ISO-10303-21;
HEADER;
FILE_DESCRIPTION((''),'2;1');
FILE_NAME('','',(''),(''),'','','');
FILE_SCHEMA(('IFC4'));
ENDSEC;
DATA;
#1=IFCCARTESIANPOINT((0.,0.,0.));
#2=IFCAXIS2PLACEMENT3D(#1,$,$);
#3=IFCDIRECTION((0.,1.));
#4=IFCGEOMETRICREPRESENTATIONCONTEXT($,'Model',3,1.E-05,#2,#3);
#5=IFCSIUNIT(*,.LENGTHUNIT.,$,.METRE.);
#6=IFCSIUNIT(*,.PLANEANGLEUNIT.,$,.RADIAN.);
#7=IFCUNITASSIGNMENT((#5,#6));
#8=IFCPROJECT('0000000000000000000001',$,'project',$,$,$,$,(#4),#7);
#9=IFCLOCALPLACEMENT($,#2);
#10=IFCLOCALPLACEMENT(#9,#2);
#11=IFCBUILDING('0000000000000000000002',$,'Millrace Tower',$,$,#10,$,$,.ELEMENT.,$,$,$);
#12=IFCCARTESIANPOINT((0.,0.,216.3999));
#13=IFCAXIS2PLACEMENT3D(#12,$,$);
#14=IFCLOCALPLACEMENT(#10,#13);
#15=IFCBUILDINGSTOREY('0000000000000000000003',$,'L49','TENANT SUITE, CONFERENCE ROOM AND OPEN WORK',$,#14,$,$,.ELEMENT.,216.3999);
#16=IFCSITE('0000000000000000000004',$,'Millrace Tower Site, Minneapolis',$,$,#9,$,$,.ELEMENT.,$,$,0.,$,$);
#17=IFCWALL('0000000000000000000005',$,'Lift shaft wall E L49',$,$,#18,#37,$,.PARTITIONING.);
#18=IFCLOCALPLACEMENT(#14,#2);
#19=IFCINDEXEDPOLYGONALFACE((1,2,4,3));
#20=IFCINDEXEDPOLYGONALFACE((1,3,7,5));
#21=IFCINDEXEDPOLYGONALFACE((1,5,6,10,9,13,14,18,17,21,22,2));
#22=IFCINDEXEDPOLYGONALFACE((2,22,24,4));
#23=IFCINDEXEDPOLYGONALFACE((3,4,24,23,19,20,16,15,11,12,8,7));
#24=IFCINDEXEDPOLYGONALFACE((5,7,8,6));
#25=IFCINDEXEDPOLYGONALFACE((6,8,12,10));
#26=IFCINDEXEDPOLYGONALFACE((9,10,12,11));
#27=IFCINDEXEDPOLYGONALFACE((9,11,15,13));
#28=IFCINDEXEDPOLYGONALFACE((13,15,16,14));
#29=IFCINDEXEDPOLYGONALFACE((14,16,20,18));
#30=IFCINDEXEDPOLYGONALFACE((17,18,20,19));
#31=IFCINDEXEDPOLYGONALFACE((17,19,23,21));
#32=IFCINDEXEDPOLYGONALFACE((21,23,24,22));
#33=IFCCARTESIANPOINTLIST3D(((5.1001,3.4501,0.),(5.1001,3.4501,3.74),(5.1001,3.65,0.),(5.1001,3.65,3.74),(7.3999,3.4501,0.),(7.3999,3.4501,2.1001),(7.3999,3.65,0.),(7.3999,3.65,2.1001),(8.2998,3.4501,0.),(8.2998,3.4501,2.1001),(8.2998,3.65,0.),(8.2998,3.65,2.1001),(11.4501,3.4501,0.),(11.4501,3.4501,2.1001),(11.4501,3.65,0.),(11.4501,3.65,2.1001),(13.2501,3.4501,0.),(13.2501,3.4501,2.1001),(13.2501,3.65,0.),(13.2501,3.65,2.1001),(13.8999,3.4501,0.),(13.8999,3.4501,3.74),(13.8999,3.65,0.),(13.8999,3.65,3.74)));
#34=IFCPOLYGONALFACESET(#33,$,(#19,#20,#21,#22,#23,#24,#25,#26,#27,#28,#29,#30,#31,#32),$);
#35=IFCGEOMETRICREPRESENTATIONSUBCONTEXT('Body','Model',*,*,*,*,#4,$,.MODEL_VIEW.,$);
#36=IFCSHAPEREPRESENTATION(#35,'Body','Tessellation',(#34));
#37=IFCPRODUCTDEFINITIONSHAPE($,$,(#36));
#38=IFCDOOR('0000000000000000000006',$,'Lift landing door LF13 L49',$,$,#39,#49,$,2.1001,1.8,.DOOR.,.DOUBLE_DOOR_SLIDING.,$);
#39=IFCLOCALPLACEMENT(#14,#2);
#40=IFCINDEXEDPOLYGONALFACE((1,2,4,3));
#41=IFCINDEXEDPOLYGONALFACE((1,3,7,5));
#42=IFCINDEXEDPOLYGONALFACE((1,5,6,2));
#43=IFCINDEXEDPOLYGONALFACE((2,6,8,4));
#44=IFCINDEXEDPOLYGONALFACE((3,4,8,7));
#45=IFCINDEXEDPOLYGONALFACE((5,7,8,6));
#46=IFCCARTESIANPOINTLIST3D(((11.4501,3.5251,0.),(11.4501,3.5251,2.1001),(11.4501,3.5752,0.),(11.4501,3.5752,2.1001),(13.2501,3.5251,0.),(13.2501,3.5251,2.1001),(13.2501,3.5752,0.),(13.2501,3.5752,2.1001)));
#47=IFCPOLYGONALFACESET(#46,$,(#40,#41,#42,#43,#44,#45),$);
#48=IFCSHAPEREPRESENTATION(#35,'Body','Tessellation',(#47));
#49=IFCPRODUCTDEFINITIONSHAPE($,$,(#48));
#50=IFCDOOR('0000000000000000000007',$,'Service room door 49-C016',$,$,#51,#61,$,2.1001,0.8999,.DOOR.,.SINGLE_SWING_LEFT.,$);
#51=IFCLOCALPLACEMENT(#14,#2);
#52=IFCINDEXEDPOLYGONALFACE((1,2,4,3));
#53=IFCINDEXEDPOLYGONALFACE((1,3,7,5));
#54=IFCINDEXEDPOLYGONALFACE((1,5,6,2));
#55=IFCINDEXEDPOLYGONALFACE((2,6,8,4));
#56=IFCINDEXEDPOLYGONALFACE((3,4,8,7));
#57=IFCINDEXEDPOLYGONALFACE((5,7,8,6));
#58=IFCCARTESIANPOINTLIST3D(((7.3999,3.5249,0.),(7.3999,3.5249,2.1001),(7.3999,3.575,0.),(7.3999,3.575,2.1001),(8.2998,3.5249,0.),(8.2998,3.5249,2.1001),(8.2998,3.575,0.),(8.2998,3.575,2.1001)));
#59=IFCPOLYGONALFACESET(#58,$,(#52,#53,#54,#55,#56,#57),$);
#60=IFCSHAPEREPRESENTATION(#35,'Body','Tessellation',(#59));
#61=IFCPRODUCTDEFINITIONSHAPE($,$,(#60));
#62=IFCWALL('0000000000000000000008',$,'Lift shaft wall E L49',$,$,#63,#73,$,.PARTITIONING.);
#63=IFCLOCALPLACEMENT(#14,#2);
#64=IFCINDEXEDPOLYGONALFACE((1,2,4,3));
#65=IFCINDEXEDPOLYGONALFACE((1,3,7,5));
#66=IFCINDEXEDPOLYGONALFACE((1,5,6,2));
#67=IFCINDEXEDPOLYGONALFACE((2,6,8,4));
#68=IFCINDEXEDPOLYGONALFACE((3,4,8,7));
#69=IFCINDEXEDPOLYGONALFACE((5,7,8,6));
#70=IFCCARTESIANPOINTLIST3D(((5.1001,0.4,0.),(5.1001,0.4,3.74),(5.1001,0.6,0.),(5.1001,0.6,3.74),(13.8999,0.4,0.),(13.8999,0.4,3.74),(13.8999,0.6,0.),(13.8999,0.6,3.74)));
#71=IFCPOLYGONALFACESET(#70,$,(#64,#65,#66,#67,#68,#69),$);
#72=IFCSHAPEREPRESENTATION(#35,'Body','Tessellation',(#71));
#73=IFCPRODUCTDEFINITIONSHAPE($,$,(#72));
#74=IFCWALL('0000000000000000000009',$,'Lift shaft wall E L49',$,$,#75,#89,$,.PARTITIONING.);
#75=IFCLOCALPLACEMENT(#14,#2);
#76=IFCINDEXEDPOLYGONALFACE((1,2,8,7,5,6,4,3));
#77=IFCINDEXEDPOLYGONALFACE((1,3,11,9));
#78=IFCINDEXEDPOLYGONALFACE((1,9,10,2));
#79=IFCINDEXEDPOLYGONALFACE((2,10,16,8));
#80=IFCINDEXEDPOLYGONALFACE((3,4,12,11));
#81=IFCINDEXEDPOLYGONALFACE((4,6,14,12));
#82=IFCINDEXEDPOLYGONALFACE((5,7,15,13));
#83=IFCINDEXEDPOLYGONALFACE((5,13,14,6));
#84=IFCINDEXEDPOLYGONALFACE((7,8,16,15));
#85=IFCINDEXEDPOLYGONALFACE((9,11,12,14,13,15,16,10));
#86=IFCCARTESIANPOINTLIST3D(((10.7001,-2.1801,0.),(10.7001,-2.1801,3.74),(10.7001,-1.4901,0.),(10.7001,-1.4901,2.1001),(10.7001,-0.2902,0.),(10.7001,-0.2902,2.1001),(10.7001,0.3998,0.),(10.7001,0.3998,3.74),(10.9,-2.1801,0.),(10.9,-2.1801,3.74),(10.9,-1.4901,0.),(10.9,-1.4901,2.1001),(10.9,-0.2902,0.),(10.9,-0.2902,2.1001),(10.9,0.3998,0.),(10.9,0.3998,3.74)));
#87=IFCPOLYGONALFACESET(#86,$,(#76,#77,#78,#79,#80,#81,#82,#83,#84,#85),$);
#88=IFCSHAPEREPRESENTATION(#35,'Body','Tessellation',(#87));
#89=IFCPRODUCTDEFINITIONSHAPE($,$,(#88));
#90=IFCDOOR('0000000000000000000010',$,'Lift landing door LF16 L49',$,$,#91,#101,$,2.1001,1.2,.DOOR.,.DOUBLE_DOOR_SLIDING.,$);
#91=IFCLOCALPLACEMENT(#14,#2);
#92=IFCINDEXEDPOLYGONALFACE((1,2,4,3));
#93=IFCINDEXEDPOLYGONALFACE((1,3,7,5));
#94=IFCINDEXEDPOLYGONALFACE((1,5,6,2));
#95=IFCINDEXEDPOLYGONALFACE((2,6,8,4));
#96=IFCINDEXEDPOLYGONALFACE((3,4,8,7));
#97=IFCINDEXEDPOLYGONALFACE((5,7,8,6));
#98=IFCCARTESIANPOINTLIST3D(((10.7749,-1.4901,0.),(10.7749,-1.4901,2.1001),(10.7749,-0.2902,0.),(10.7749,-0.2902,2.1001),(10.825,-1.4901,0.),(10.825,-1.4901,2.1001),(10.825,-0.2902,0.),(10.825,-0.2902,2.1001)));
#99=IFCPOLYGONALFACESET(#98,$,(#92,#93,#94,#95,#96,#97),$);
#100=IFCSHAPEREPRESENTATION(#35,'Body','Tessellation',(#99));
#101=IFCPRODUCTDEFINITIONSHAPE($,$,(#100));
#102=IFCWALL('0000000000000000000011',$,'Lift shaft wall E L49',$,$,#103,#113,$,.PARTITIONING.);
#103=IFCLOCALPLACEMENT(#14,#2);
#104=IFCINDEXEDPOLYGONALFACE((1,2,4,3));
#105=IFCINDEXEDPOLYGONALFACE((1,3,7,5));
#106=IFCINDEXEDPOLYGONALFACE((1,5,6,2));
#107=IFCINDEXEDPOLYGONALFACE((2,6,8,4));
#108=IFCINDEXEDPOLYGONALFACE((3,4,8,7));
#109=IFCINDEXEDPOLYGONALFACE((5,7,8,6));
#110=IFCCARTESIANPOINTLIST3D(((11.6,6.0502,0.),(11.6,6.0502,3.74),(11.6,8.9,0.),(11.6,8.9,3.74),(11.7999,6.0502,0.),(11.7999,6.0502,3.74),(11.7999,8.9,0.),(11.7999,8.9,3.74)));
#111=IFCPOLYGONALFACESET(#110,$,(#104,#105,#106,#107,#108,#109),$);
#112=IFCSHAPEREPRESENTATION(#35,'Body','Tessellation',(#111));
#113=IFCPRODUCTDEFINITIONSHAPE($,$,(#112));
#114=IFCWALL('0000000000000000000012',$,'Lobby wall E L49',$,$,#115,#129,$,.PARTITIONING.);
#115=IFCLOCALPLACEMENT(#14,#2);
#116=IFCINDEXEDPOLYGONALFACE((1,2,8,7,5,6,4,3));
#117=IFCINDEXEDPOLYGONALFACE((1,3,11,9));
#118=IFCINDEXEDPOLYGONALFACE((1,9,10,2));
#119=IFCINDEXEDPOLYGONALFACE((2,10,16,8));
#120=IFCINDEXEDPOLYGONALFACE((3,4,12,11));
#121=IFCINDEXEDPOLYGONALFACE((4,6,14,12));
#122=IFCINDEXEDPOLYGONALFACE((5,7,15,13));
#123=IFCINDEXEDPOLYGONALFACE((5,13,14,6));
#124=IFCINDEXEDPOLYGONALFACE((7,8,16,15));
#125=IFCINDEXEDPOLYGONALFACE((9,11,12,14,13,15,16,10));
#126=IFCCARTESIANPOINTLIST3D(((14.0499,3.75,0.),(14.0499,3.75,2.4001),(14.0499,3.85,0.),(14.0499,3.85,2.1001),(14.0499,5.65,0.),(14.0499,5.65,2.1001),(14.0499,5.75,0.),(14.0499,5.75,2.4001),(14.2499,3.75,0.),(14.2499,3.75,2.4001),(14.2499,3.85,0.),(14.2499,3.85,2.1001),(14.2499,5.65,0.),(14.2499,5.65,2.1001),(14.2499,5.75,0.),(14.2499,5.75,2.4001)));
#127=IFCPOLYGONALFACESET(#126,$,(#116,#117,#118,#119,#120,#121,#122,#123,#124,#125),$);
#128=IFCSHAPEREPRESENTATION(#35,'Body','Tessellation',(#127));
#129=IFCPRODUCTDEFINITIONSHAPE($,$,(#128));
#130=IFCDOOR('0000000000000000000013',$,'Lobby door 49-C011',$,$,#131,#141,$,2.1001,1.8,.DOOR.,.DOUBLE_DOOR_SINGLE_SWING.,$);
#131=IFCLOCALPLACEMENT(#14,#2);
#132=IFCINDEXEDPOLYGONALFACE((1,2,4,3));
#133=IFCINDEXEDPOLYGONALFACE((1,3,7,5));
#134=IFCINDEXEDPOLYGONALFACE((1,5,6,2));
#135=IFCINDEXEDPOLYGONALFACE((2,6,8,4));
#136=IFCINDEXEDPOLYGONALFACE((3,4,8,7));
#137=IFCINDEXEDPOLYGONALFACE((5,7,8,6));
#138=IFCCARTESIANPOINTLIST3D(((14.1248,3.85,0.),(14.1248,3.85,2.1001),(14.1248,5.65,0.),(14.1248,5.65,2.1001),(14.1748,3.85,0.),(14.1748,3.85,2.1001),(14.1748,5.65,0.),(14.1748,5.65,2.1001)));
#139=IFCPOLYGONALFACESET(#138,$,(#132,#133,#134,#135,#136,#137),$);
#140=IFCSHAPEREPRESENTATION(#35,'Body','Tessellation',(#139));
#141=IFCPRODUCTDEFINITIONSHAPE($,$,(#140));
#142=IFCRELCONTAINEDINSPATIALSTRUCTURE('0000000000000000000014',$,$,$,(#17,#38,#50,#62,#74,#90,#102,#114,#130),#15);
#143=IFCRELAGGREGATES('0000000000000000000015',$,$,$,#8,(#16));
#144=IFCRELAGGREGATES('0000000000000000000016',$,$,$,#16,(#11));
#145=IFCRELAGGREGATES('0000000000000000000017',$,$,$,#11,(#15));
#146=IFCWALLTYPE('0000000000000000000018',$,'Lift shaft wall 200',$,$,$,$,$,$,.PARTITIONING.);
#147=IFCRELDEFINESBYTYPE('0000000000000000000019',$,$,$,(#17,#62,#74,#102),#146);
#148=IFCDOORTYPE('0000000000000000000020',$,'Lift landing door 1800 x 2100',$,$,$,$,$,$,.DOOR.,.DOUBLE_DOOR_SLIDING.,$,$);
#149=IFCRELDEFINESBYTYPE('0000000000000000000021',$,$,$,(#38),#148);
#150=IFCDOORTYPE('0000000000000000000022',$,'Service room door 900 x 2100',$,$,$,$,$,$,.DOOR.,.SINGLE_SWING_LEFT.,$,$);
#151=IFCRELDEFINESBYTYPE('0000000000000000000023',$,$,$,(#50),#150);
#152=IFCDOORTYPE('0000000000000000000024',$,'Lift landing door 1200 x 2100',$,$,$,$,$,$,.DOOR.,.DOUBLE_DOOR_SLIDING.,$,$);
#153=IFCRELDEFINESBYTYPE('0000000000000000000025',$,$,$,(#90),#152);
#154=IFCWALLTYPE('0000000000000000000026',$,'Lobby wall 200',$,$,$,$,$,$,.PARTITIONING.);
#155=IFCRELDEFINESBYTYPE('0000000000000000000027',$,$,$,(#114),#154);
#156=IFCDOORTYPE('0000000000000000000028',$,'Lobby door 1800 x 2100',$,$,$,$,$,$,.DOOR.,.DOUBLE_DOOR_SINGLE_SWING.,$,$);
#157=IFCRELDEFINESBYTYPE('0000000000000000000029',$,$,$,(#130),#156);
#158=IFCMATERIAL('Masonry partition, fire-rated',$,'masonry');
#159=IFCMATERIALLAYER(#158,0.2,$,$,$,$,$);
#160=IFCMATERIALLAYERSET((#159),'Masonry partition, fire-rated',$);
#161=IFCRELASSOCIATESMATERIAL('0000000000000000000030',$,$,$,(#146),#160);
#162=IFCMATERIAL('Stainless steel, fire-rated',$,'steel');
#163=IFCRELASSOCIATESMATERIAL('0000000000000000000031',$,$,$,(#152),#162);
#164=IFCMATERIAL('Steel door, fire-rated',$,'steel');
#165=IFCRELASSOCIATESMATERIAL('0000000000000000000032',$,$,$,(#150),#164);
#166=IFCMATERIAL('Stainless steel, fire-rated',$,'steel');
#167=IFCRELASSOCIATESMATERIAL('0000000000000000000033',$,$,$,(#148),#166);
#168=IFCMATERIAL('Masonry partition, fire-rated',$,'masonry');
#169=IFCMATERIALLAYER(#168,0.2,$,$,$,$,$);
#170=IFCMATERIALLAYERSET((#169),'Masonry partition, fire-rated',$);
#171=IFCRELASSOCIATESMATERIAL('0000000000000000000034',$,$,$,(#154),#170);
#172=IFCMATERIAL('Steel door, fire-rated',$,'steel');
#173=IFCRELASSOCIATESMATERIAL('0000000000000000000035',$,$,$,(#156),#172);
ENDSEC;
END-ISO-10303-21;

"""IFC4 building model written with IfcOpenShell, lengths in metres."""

from ifc_helpers import new_model, si_unit, direction, frame, frame_2d, origin, place, context, subcontext, project, spatial, rectangle, extrude, material, layer, layer_set, type_object, element, fill, save


model = new_model("IFC4")

# Units and contexts
model_context = context("Model", 3, precision=1e-05, world=origin(), true_north=direction((0.0, 1.0)))
body_context = subcontext(model_context, "Body", "Model", "MODEL_VIEW")
ifc_project = project(units=[si_unit("LENGTHUNIT", "METRE"), si_unit("PLANEANGLEUNIT", "RADIAN")], contexts=[model_context])

# Site, building, storey
site_placement = place(None, origin())
site = spatial("IfcSite", under=ifc_project, at=site_placement, Name="Millrace Tower Site, Minneapolis", CompositionType="ELEMENT", RefElevation=0.0)
building_placement = place(site_placement, origin())
building = spatial("IfcBuilding", under=site, at=building_placement, Name="Millrace Tower", CompositionType="ELEMENT")
storey_placement = place(building_placement, frame((0.0, 0.0, 216.3999)))
storey = spatial("IfcBuildingStorey", under=building, at=storey_placement, Name="L49", Description="TENANT SUITE, CONFERENCE ROOM AND OPEN WORK", CompositionType="ELEMENT", Elevation=216.3999)

# Wall, openings, doors
ifc_material_1 = material(Name="Masonry partition, fire-rated", Category="masonry")
ifc_layer_1 = layer(ifc_material_1, 0.2)
ifc_layer_set_1 = layer_set([ifc_layer_1], Name="Masonry partition, fire-rated")
wall_type_1 = type_object("IfcWallType", Name="Lift shaft wall 200", PredefinedType="PARTITIONING", material=ifc_layer_set_1)
ifc_material_2 = material(Name="Stainless steel, fire-rated", Category="steel")
door_type_1 = type_object("IfcDoorType", Name="Lift landing door 1200 x 2100", OperationType="DOUBLE_DOOR_SLIDING", PredefinedType="DOOR", material=ifc_material_2)
ifc_material_3 = material(Name="Steel door, fire-rated", Category="steel")
door_type_2 = type_object("IfcDoorType", Name="Service room door 900 x 2100", OperationType="SINGLE_SWING_LEFT", PredefinedType="DOOR", material=ifc_material_3)
wall_1_placement = place(storey_placement, frame((13.8999, 3.55, 0.0), z_axis=(0.0, 0.0, 1.0), x_axis=(-1.0, 0.0, 0.0)))
wall_1 = element("IfcWall", 1, at=wall_1_placement, inside=storey, type_object=wall_type_1, Name="Lift shaft wall E L49", PredefinedType="PARTITIONING", context=body_context, shape_type="SweptSolid", body=[
    extrude(rectangle(XDim=8.7998, YDim=0.2, at=frame_2d((4.3999, 0.0))), origin(), (0.0, 0.0, 1.0), 3.74),
])
opening_1_placement = place(wall_1_placement, frame((0.6499, 0.0, 0.0)))
opening_1 = element("IfcOpeningElement", 2, at=opening_1_placement, cuts=wall_1, PredefinedType="OPENING", context=body_context, shape_type="SweptSolid", body=[
    extrude(rectangle(XDim=1.8, YDim=2.1001, at=frame_2d((0.8999, 1.05))), frame((0.0, 0.1099, 0.0), z_axis=(0.0, -1.0, 0.0), x_axis=(1.0, 0.0, 0.0)), (0.0, 0.0, 1.0), 0.22),
])
opening_2_placement = place(wall_1_placement, frame((5.6001, 0.0, 0.0)))
opening_2 = element("IfcOpeningElement", 3, at=opening_2_placement, cuts=wall_1, PredefinedType="OPENING", context=body_context, shape_type="SweptSolid", body=[
    extrude(rectangle(XDim=0.8999, YDim=2.1001, at=frame_2d((0.45, 1.05))), frame((0.0, 0.1099, 0.0), z_axis=(0.0, -1.0, 0.0), x_axis=(1.0, 0.0, 0.0)), (0.0, 0.0, 1.0), 0.22),
])
ifc_material_4 = material(Name="Stainless steel, fire-rated", Category="steel")
door_type_3 = type_object("IfcDoorType", Name="Lift landing door 1800 x 2100", OperationType="DOUBLE_DOOR_SLIDING", PredefinedType="DOOR", material=ifc_material_4)
door_1_placement = place(opening_1_placement, origin())
door_1 = element("IfcDoor", 4, at=door_1_placement, inside=storey, type_object=door_type_3, Name="Lift landing door LF13 L49", OperationType="DOUBLE_DOOR_SLIDING", OverallHeight=2.1001, OverallWidth=1.8, PredefinedType="DOOR", context=body_context, shape_type="SweptSolid", body=[
    extrude(rectangle(XDim=1.8, YDim=2.1001, at=frame_2d((0.8999, 1.05))), frame((0.0, 0.0249, 0.0), z_axis=(0.0, -1.0, 0.0), x_axis=(1.0, 0.0, 0.0)), (0.0, 0.0, 1.0), 0.05),
])
fill(opening_1, door_1)
door_2_placement = place(opening_2_placement, frame((0.8999, 0.0, 0.0), z_axis=(0.0, 0.0, 1.0), x_axis=(-1.0, 0.0, 0.0)))
door_2 = element("IfcDoor", 5, at=door_2_placement, inside=storey, type_object=door_type_2, Name="Service room door 49-C016", OperationType="SINGLE_SWING_LEFT", OverallHeight=2.1001, OverallWidth=0.8999, PredefinedType="DOOR", context=body_context, shape_type="SweptSolid", body=[
    extrude(rectangle(XDim=0.8999, YDim=2.1001, at=frame_2d((0.45, 1.05))), frame((0.0, 0.0249, 0.0), z_axis=(0.0, -1.0, 0.0), x_axis=(1.0, 0.0, 0.0)), (0.0, 0.0, 1.0), 0.05),
])
fill(opening_2, door_2)

# Wall
wall_2_placement = place(storey_placement, frame((13.8999, 0.5, 0.0), z_axis=(0.0, 0.0, 1.0), x_axis=(-1.0, 0.0, 0.0)))
element("IfcWall", 6, at=wall_2_placement, inside=storey, type_object=wall_type_1, Name="Lift shaft wall E L49", PredefinedType="PARTITIONING", context=body_context, shape_type="SweptSolid", body=[
    extrude(rectangle(XDim=8.7998, YDim=0.2, at=frame_2d((4.3999, 0.0))), origin(), (0.0, 0.0, 1.0), 3.74),
])

# Wall, opening, door
wall_3_placement = place(storey_placement, frame((10.8, 0.3999, 0.0), z_axis=(0.0, 0.0, 1.0), x_axis=(0.0, -1.0, 0.0)))
wall_3 = element("IfcWall", 7, at=wall_3_placement, inside=storey, type_object=wall_type_1, Name="Lift shaft wall E L49", PredefinedType="PARTITIONING", context=body_context, shape_type="SweptSolid", body=[
    extrude(rectangle(XDim=2.5798, YDim=0.2, at=frame_2d((1.29, 0.0))), origin(), (0.0, 0.0, 1.0), 3.74),
])
opening_3_placement = place(wall_3_placement, frame((0.6899, 0.0, 0.0)))
opening_3 = element("IfcOpeningElement", 8, at=opening_3_placement, cuts=wall_3, PredefinedType="OPENING", context=body_context, shape_type="SweptSolid", body=[
    extrude(rectangle(XDim=1.2, YDim=2.1001, at=frame_2d((0.6001, 1.05))), frame((0.0, 0.1099, 0.0), z_axis=(0.0, -1.0, 0.0), x_axis=(1.0, 0.0, 0.0)), (0.0, 0.0, 1.0), 0.22),
])
door_3_placement = place(opening_3_placement, origin())
door_3 = element("IfcDoor", 9, at=door_3_placement, inside=storey, type_object=door_type_1, Name="Lift landing door LF16 L49", OperationType="DOUBLE_DOOR_SLIDING", OverallHeight=2.1001, OverallWidth=1.2, PredefinedType="DOOR", context=body_context, shape_type="SweptSolid", body=[
    extrude(rectangle(XDim=1.2, YDim=2.1001, at=frame_2d((0.6001, 1.05))), frame((0.0, 0.0249, 0.0), z_axis=(0.0, -1.0, 0.0), x_axis=(1.0, 0.0, 0.0)), (0.0, 0.0, 1.0), 0.05),
])
fill(opening_3, door_3)

# Wall
wall_4_placement = place(storey_placement, frame((11.7, 8.8999, 0.0), z_axis=(0.0, 0.0, 1.0), x_axis=(0.0, -1.0, 0.0)))
element("IfcWall", 10, at=wall_4_placement, inside=storey, type_object=wall_type_1, Name="Lift shaft wall E L49", PredefinedType="PARTITIONING", context=body_context, shape_type="SweptSolid", body=[
    extrude(rectangle(XDim=2.8499, YDim=0.2, at=frame_2d((1.4248, 0.0))), origin(), (0.0, 0.0, 1.0), 3.74),
])

# Wall, opening, door
ifc_material_5 = material(Name="Masonry partition, fire-rated", Category="masonry")
ifc_layer_2 = layer(ifc_material_5, 0.2)
ifc_layer_set_2 = layer_set([ifc_layer_2], Name="Masonry partition, fire-rated")
wall_type_2 = type_object("IfcWallType", Name="Lobby wall 200", PredefinedType="PARTITIONING", material=ifc_layer_set_2)
wall_5_placement = place(storey_placement, frame((14.1499, 5.75, 0.0), z_axis=(0.0, 0.0, 1.0), x_axis=(0.0, -1.0, 0.0)))
wall_5 = element("IfcWall", 11, at=wall_5_placement, inside=storey, type_object=wall_type_2, Name="Lobby wall E L49", PredefinedType="PARTITIONING", context=body_context, shape_type="SweptSolid", body=[
    extrude(rectangle(XDim=2.0, YDim=0.2, at=frame_2d((1.0, 0.0))), origin(), (0.0, 0.0, 1.0), 2.4001),
])
opening_4_placement = place(wall_5_placement, frame((0.1001, 0.0, 0.0)))
opening_4 = element("IfcOpeningElement", 12, at=opening_4_placement, cuts=wall_5, PredefinedType="OPENING", context=body_context, shape_type="SweptSolid", body=[
    extrude(rectangle(XDim=1.8, YDim=2.1001, at=frame_2d((0.8999, 1.05))), frame((0.0, 0.1099, 0.0), z_axis=(0.0, -1.0, 0.0), x_axis=(1.0, 0.0, 0.0)), (0.0, 0.0, 1.0), 0.22),
])
ifc_material_6 = material(Name="Steel door, fire-rated", Category="steel")
door_type_4 = type_object("IfcDoorType", Name="Lobby door 1800 x 2100", OperationType="DOUBLE_DOOR_SINGLE_SWING", PredefinedType="DOOR", material=ifc_material_6)
door_4_placement = place(opening_4_placement, origin())
door_4 = element("IfcDoor", 13, at=door_4_placement, inside=storey, type_object=door_type_4, Name="Lobby door 49-C011", OperationType="DOUBLE_DOOR_SINGLE_SWING", OverallHeight=2.1001, OverallWidth=1.8, PredefinedType="DOOR", context=body_context, shape_type="SweptSolid", body=[
    extrude(rectangle(XDim=1.8, YDim=2.1001, at=frame_2d((0.8999, 1.05))), frame((0.0, 0.0249, 0.0), z_axis=(0.0, -1.0, 0.0), x_axis=(1.0, 0.0, 0.0)), (0.0, 0.0, 1.0), 0.05),
])
fill(opening_4, door_4)

save(model, "model.ifc")
